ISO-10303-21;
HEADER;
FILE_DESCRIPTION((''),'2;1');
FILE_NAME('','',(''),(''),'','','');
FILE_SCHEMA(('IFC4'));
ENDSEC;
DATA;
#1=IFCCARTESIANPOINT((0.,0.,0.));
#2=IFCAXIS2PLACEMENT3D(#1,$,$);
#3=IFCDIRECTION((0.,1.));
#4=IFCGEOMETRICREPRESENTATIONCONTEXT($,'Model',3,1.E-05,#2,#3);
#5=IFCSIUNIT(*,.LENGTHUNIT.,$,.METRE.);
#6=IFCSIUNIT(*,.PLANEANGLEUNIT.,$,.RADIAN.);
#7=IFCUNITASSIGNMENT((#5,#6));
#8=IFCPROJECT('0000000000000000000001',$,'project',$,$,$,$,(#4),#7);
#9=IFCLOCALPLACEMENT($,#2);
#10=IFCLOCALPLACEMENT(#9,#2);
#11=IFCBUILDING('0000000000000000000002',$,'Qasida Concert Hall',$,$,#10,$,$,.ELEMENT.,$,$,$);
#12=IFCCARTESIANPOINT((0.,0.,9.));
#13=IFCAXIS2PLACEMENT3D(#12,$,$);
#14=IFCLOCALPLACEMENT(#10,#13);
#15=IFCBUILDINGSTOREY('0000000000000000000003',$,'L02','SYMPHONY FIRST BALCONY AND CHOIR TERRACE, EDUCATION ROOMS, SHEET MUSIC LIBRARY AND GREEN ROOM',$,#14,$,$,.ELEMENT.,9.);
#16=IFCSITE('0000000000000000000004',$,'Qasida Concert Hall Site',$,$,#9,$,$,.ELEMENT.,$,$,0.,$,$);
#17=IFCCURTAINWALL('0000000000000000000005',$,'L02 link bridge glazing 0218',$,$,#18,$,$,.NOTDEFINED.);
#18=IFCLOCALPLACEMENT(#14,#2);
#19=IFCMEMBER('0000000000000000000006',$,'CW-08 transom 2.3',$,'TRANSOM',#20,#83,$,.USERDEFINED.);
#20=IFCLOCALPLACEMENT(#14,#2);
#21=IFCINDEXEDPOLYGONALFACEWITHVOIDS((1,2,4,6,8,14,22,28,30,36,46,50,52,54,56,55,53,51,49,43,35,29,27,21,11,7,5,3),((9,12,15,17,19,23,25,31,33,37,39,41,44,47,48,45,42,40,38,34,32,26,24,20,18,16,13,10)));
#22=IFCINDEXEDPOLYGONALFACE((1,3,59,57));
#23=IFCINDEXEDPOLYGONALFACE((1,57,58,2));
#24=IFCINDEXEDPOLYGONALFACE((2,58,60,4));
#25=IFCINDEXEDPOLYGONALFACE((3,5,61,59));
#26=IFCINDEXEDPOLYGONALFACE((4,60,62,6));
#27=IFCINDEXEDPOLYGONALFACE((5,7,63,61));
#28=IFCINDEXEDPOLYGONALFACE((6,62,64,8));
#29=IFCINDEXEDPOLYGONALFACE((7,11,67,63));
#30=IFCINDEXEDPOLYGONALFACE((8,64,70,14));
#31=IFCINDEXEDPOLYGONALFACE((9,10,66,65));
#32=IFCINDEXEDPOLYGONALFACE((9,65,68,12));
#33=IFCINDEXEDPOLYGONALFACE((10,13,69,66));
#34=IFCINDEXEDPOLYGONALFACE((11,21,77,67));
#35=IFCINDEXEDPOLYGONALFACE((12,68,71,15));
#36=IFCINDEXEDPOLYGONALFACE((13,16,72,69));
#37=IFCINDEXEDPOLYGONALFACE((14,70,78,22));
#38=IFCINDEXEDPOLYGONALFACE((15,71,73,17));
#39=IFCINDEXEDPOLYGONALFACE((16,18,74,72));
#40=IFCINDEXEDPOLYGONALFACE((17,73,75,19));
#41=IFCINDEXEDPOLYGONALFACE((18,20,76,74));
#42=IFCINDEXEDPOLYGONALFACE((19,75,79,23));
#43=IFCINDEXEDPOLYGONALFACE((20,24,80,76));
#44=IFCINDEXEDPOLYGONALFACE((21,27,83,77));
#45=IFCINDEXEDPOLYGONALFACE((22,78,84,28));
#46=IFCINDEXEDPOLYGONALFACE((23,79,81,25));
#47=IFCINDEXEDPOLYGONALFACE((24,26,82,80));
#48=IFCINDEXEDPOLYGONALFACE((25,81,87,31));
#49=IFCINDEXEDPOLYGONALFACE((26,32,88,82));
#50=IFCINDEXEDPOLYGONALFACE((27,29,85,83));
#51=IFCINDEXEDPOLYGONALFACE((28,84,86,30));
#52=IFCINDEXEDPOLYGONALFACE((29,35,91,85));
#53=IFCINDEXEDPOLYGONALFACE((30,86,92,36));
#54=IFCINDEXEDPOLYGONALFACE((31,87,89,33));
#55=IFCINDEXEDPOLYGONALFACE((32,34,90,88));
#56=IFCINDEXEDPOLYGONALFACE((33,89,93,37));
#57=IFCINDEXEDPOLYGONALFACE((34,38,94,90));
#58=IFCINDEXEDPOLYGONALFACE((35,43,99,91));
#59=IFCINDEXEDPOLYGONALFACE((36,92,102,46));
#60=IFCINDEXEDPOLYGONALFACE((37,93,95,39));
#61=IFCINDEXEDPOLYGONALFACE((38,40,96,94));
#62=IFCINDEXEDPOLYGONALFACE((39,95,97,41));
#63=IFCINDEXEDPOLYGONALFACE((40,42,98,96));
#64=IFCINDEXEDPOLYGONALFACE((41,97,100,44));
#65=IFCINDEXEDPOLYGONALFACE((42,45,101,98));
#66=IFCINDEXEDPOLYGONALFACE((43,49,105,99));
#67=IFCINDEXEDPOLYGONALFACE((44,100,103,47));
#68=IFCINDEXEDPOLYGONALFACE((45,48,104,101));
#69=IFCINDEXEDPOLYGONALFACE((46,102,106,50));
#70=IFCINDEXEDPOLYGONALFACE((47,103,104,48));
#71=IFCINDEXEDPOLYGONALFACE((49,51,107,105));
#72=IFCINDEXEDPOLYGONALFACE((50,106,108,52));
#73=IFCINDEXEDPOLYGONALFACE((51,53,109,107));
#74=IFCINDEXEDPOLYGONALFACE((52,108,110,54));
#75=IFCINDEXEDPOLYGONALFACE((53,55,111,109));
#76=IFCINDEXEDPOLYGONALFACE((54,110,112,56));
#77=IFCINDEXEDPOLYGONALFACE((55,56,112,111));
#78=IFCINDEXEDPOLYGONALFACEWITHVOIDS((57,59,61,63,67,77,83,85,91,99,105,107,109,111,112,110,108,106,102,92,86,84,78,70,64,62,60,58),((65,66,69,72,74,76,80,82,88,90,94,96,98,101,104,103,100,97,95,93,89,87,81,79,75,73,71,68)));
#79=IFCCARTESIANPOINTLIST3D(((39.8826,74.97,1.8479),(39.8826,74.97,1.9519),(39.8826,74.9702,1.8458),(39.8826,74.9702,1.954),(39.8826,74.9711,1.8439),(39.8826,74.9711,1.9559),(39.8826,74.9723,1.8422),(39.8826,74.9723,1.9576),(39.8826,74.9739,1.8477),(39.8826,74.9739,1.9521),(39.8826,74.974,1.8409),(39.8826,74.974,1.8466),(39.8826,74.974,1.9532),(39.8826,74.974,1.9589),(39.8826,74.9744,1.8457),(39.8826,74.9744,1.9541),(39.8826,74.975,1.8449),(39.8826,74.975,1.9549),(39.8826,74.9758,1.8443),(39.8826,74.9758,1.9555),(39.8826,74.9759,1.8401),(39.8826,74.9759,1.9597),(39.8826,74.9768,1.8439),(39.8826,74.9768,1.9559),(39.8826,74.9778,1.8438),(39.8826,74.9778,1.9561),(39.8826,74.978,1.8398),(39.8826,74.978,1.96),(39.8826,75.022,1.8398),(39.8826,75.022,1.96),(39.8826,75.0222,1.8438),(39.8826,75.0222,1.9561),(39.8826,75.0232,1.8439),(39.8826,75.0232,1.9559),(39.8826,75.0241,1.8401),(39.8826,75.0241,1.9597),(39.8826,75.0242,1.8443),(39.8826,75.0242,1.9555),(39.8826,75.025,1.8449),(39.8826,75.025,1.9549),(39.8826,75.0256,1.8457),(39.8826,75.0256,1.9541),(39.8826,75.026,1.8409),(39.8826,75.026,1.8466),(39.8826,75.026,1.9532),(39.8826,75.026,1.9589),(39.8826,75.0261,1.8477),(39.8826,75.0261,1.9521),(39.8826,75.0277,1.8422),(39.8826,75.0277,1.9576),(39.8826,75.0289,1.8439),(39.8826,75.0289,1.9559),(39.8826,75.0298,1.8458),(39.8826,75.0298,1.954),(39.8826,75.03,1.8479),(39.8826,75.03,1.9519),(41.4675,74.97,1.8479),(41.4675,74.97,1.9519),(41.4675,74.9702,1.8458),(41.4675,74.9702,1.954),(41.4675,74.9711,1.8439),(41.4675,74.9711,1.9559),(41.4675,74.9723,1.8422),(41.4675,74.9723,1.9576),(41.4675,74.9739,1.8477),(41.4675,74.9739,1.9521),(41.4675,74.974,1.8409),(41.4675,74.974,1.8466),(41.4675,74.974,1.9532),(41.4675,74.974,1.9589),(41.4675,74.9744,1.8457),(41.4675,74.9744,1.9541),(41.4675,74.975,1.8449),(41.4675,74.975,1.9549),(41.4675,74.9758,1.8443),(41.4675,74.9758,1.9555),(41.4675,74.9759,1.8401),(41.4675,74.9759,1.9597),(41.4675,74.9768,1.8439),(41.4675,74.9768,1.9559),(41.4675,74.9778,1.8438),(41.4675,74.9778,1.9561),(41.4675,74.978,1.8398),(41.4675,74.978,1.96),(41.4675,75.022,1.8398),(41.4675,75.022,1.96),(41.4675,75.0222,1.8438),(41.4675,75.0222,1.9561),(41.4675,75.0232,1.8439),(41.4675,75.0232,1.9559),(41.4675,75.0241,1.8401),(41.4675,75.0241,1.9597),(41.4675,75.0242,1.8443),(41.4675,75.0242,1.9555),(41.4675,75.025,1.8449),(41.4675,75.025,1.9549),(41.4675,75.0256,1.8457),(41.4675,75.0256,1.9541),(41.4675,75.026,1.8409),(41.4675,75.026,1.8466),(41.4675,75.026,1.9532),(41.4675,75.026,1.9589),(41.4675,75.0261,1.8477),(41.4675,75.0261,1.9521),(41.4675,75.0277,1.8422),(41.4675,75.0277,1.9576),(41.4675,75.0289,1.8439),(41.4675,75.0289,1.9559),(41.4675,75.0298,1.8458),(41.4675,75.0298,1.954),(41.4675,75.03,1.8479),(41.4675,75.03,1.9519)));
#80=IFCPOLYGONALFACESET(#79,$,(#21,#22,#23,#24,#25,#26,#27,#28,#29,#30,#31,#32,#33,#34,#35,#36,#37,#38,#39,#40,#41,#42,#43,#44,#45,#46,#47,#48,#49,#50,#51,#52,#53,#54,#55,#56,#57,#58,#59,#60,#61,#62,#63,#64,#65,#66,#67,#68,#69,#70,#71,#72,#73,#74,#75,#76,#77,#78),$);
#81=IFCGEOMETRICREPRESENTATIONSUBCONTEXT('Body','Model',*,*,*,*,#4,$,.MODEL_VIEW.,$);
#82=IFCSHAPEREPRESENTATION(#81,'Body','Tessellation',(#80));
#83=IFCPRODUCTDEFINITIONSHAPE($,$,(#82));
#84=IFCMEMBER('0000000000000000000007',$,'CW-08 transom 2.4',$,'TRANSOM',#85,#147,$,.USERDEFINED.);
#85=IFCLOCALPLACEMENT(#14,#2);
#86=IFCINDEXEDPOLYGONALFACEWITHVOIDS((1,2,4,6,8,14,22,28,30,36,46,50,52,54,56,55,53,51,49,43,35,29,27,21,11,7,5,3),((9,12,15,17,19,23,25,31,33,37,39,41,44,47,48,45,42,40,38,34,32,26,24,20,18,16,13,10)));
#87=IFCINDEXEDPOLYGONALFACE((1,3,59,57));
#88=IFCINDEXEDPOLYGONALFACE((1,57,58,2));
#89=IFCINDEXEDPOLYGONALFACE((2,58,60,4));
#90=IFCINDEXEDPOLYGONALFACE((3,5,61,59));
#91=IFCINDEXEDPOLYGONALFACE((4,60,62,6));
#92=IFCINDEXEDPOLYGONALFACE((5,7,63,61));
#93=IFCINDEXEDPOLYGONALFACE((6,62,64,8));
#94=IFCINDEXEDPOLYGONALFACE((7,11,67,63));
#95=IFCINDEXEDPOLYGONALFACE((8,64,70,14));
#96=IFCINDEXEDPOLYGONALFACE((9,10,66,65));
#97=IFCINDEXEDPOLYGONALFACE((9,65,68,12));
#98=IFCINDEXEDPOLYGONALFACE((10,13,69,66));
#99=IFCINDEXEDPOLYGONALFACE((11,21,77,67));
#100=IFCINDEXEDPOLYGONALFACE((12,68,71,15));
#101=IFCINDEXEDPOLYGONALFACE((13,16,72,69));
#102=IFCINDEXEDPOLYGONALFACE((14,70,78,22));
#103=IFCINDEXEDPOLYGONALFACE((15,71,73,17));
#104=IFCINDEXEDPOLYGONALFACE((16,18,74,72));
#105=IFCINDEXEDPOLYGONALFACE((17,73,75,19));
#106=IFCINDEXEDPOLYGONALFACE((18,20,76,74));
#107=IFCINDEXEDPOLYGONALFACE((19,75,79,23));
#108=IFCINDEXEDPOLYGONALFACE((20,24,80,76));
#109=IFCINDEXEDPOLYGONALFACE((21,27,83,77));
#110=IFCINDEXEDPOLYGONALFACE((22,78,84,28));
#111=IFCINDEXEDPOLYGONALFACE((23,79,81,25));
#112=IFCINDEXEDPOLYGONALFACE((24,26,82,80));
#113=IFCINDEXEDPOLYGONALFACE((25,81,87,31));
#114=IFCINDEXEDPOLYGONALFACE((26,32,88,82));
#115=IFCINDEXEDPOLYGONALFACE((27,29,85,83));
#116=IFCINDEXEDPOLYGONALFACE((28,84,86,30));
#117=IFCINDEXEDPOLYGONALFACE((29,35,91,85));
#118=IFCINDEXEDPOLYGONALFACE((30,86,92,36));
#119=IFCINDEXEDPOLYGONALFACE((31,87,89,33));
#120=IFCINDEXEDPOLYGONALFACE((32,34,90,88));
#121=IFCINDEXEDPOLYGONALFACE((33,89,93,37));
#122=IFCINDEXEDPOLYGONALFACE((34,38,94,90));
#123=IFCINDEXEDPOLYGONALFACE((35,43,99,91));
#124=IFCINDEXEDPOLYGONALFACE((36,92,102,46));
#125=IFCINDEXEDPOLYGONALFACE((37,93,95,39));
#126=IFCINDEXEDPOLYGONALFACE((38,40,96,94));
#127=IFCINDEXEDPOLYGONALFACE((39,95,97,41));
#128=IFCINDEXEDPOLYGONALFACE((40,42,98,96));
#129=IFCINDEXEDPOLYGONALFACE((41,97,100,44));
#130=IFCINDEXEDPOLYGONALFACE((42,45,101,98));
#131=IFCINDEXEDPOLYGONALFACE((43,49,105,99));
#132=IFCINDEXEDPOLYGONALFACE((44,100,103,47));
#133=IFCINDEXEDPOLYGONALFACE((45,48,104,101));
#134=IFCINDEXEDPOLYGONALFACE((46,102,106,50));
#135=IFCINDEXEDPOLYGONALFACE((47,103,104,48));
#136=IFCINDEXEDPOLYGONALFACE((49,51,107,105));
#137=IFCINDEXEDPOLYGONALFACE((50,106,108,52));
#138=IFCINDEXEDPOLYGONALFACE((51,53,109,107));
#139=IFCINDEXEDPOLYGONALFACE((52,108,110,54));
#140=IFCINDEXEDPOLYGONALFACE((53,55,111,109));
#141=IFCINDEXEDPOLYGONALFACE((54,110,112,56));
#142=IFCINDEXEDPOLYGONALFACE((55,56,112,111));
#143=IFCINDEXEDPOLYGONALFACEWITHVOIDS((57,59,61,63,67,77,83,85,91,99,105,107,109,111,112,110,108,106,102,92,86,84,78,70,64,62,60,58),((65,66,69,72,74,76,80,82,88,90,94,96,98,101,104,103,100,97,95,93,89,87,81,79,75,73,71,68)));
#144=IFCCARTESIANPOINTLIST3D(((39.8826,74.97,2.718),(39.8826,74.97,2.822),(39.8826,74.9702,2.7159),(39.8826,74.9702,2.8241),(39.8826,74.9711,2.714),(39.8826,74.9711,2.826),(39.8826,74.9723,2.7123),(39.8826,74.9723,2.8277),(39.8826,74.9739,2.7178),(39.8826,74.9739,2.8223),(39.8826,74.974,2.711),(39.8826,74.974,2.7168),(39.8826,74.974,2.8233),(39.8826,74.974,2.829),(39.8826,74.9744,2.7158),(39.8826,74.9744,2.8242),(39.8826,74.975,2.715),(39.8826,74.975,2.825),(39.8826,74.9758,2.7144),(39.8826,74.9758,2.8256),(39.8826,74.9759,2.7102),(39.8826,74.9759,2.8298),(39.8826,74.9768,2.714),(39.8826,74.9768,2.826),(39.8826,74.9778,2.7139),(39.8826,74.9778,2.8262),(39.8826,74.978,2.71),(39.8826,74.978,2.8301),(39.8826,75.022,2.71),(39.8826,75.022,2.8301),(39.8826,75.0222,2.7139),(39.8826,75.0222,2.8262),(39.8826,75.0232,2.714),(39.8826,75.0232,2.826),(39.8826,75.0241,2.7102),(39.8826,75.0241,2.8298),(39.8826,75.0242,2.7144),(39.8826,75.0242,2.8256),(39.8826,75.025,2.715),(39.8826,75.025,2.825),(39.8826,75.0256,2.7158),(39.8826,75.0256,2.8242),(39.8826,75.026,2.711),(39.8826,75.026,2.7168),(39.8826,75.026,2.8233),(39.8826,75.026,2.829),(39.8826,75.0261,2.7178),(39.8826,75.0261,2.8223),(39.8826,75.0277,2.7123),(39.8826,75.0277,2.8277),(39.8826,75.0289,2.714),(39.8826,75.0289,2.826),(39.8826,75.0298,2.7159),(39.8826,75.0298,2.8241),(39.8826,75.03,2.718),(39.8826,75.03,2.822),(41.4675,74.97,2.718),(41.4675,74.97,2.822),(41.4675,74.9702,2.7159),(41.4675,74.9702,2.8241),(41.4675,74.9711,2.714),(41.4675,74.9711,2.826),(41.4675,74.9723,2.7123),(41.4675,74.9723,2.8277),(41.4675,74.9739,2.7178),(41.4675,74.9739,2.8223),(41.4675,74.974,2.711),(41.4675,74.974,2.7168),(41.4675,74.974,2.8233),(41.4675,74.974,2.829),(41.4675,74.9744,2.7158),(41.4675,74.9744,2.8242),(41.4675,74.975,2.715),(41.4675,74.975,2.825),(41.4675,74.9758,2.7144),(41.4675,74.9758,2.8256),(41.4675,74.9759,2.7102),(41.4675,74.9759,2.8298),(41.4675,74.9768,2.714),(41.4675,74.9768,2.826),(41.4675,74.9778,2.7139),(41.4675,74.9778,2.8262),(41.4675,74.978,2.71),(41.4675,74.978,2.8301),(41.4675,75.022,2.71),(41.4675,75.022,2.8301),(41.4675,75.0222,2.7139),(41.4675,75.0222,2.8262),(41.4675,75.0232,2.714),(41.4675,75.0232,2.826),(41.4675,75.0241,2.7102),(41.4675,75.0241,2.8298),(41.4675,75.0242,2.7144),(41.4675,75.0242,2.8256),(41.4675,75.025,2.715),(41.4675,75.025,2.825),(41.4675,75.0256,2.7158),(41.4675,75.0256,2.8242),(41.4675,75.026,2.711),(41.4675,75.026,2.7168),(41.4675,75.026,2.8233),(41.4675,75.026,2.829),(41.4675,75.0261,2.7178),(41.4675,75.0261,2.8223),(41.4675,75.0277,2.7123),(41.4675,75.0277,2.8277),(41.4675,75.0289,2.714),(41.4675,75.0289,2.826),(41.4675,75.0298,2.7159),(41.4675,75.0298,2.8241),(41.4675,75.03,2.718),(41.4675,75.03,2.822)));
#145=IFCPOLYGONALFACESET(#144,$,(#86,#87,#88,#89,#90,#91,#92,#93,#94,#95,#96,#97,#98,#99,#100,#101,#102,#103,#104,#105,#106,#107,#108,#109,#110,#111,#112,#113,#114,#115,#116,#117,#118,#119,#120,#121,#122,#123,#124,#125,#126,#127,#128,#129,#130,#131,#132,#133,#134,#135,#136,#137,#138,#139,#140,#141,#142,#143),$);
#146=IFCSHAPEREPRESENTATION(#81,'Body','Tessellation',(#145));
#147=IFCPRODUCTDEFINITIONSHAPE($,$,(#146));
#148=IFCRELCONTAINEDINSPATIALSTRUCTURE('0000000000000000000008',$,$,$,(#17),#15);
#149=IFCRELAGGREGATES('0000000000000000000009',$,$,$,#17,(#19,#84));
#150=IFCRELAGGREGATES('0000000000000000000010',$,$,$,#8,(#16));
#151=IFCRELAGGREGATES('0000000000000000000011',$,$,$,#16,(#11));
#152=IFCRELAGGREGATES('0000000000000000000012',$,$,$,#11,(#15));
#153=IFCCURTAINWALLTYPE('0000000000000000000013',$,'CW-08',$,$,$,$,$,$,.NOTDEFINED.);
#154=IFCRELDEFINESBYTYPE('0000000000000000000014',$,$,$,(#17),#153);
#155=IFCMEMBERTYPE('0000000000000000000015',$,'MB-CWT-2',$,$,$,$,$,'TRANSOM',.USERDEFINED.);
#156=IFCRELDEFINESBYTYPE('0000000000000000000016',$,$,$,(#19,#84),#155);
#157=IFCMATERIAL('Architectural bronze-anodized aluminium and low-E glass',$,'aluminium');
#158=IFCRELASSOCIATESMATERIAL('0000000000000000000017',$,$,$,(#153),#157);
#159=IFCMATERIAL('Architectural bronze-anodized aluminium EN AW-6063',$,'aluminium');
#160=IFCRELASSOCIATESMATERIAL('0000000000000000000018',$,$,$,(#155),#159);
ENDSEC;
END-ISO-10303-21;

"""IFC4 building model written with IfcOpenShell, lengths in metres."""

from ifc_helpers import new_model, si_unit, direction, frame, origin, origin_2d, place, context, subcontext, project, spatial, hollow_rectangle, extrude, material, material_profile, profile_set, type_object, element, aggregate, save


model = new_model("IFC4")

# Units and contexts
model_context = context("Model", 3, precision=1e-05, world=origin(), true_north=direction((0.0, 1.0)))
body_context = subcontext(model_context, "Body", "Model", "MODEL_VIEW")
ifc_project = project(units=[si_unit("LENGTHUNIT", "METRE"), si_unit("PLANEANGLEUNIT", "RADIAN")], contexts=[model_context])

# Site, building, storey
site_placement = place(None, origin())
site = spatial("IfcSite", under=ifc_project, at=site_placement, Name="Qasida Concert Hall Site", CompositionType="ELEMENT", RefElevation=0.0)
building_placement = place(site_placement, origin())
building = spatial("IfcBuilding", under=site, at=building_placement, Name="Qasida Concert Hall", CompositionType="ELEMENT")
storey_placement = place(building_placement, frame((0.0, 0.0, 9.0)))
storey = spatial("IfcBuildingStorey", under=building, at=storey_placement, Name="L02", Description="SYMPHONY FIRST BALCONY AND CHOIR TERRACE, EDUCATION ROOMS, SHEET MUSIC LIBRARY AND GREEN ROOM", CompositionType="ELEMENT", Elevation=9.0)

# Curtain wall, members
ifc_material_1 = material(Name="Architectural bronze-anodized aluminium and low-E glass", Category="aluminium")
curtain_wall_type = type_object("IfcCurtainWallType", Name="CW-08", PredefinedType="NOTDEFINED", material=ifc_material_1)
curtain_wall_placement = place(storey_placement, origin())
curtain_wall = element("IfcCurtainWall", 1, at=curtain_wall_placement, inside=storey, type_object=curtain_wall_type, Name="L02 link bridge glazing 0218", PredefinedType="NOTDEFINED")
ifc_material_2 = material(Name="Architectural bronze-anodized aluminium EN AW-6063", Category="aluminium")
ifc_material_profile_1 = material_profile(ifc_material_2, hollow_rectangle(XDim=0.0601, YDim=0.1201, WallThickness=0.0039, InnerFilletRadius=0.0039, OuterFilletRadius=0.0081, at=origin_2d()), Name="CWT 120x60x4")
ifc_profile_set_1 = profile_set([ifc_material_profile_1], Name="Architectural bronze-anodized aluminium EN AW-6063")
member_type_1 = type_object("IfcMemberType", Name="MB-CWT-2", ElementType="TRANSOM", PredefinedType="USERDEFINED", material=ifc_profile_set_1)
member_1_placement = place(storey_placement, frame((39.8826, 75.0, 1.8999), z_axis=(1.0, 0.0, 0.0), x_axis=(0.0, 1.0, 0.0)))
member_1 = element("IfcMember", 2, at=member_1_placement, type_object=member_type_1, Name="CW-08 transom 2.3", ObjectType="TRANSOM", PredefinedType="USERDEFINED", context=body_context, shape_type="SweptSolid", body=[
    extrude(hollow_rectangle(XDim=0.0601, YDim=0.1201, WallThickness=0.0039, InnerFilletRadius=0.0039, OuterFilletRadius=0.0081, at=origin_2d()), origin(), (0.0, 0.0, 1.0), 1.585),
])
member_2_placement = place(storey_placement, frame((39.8826, 75.0, 2.77), z_axis=(1.0, 0.0, 0.0), x_axis=(0.0, 1.0, 0.0)))
member_2 = element("IfcMember", 3, at=member_2_placement, type_object=member_type_1, Name="CW-08 transom 2.4", ObjectType="TRANSOM", PredefinedType="USERDEFINED", context=body_context, shape_type="SweptSolid", body=[
    extrude(hollow_rectangle(XDim=0.0601, YDim=0.1201, WallThickness=0.0039, InnerFilletRadius=0.0039, OuterFilletRadius=0.0081, at=origin_2d()), origin(), (0.0, 0.0, 1.0), 1.585),
])
aggregate(curtain_wall, [member_1, member_2])

save(model, "model.ifc")
